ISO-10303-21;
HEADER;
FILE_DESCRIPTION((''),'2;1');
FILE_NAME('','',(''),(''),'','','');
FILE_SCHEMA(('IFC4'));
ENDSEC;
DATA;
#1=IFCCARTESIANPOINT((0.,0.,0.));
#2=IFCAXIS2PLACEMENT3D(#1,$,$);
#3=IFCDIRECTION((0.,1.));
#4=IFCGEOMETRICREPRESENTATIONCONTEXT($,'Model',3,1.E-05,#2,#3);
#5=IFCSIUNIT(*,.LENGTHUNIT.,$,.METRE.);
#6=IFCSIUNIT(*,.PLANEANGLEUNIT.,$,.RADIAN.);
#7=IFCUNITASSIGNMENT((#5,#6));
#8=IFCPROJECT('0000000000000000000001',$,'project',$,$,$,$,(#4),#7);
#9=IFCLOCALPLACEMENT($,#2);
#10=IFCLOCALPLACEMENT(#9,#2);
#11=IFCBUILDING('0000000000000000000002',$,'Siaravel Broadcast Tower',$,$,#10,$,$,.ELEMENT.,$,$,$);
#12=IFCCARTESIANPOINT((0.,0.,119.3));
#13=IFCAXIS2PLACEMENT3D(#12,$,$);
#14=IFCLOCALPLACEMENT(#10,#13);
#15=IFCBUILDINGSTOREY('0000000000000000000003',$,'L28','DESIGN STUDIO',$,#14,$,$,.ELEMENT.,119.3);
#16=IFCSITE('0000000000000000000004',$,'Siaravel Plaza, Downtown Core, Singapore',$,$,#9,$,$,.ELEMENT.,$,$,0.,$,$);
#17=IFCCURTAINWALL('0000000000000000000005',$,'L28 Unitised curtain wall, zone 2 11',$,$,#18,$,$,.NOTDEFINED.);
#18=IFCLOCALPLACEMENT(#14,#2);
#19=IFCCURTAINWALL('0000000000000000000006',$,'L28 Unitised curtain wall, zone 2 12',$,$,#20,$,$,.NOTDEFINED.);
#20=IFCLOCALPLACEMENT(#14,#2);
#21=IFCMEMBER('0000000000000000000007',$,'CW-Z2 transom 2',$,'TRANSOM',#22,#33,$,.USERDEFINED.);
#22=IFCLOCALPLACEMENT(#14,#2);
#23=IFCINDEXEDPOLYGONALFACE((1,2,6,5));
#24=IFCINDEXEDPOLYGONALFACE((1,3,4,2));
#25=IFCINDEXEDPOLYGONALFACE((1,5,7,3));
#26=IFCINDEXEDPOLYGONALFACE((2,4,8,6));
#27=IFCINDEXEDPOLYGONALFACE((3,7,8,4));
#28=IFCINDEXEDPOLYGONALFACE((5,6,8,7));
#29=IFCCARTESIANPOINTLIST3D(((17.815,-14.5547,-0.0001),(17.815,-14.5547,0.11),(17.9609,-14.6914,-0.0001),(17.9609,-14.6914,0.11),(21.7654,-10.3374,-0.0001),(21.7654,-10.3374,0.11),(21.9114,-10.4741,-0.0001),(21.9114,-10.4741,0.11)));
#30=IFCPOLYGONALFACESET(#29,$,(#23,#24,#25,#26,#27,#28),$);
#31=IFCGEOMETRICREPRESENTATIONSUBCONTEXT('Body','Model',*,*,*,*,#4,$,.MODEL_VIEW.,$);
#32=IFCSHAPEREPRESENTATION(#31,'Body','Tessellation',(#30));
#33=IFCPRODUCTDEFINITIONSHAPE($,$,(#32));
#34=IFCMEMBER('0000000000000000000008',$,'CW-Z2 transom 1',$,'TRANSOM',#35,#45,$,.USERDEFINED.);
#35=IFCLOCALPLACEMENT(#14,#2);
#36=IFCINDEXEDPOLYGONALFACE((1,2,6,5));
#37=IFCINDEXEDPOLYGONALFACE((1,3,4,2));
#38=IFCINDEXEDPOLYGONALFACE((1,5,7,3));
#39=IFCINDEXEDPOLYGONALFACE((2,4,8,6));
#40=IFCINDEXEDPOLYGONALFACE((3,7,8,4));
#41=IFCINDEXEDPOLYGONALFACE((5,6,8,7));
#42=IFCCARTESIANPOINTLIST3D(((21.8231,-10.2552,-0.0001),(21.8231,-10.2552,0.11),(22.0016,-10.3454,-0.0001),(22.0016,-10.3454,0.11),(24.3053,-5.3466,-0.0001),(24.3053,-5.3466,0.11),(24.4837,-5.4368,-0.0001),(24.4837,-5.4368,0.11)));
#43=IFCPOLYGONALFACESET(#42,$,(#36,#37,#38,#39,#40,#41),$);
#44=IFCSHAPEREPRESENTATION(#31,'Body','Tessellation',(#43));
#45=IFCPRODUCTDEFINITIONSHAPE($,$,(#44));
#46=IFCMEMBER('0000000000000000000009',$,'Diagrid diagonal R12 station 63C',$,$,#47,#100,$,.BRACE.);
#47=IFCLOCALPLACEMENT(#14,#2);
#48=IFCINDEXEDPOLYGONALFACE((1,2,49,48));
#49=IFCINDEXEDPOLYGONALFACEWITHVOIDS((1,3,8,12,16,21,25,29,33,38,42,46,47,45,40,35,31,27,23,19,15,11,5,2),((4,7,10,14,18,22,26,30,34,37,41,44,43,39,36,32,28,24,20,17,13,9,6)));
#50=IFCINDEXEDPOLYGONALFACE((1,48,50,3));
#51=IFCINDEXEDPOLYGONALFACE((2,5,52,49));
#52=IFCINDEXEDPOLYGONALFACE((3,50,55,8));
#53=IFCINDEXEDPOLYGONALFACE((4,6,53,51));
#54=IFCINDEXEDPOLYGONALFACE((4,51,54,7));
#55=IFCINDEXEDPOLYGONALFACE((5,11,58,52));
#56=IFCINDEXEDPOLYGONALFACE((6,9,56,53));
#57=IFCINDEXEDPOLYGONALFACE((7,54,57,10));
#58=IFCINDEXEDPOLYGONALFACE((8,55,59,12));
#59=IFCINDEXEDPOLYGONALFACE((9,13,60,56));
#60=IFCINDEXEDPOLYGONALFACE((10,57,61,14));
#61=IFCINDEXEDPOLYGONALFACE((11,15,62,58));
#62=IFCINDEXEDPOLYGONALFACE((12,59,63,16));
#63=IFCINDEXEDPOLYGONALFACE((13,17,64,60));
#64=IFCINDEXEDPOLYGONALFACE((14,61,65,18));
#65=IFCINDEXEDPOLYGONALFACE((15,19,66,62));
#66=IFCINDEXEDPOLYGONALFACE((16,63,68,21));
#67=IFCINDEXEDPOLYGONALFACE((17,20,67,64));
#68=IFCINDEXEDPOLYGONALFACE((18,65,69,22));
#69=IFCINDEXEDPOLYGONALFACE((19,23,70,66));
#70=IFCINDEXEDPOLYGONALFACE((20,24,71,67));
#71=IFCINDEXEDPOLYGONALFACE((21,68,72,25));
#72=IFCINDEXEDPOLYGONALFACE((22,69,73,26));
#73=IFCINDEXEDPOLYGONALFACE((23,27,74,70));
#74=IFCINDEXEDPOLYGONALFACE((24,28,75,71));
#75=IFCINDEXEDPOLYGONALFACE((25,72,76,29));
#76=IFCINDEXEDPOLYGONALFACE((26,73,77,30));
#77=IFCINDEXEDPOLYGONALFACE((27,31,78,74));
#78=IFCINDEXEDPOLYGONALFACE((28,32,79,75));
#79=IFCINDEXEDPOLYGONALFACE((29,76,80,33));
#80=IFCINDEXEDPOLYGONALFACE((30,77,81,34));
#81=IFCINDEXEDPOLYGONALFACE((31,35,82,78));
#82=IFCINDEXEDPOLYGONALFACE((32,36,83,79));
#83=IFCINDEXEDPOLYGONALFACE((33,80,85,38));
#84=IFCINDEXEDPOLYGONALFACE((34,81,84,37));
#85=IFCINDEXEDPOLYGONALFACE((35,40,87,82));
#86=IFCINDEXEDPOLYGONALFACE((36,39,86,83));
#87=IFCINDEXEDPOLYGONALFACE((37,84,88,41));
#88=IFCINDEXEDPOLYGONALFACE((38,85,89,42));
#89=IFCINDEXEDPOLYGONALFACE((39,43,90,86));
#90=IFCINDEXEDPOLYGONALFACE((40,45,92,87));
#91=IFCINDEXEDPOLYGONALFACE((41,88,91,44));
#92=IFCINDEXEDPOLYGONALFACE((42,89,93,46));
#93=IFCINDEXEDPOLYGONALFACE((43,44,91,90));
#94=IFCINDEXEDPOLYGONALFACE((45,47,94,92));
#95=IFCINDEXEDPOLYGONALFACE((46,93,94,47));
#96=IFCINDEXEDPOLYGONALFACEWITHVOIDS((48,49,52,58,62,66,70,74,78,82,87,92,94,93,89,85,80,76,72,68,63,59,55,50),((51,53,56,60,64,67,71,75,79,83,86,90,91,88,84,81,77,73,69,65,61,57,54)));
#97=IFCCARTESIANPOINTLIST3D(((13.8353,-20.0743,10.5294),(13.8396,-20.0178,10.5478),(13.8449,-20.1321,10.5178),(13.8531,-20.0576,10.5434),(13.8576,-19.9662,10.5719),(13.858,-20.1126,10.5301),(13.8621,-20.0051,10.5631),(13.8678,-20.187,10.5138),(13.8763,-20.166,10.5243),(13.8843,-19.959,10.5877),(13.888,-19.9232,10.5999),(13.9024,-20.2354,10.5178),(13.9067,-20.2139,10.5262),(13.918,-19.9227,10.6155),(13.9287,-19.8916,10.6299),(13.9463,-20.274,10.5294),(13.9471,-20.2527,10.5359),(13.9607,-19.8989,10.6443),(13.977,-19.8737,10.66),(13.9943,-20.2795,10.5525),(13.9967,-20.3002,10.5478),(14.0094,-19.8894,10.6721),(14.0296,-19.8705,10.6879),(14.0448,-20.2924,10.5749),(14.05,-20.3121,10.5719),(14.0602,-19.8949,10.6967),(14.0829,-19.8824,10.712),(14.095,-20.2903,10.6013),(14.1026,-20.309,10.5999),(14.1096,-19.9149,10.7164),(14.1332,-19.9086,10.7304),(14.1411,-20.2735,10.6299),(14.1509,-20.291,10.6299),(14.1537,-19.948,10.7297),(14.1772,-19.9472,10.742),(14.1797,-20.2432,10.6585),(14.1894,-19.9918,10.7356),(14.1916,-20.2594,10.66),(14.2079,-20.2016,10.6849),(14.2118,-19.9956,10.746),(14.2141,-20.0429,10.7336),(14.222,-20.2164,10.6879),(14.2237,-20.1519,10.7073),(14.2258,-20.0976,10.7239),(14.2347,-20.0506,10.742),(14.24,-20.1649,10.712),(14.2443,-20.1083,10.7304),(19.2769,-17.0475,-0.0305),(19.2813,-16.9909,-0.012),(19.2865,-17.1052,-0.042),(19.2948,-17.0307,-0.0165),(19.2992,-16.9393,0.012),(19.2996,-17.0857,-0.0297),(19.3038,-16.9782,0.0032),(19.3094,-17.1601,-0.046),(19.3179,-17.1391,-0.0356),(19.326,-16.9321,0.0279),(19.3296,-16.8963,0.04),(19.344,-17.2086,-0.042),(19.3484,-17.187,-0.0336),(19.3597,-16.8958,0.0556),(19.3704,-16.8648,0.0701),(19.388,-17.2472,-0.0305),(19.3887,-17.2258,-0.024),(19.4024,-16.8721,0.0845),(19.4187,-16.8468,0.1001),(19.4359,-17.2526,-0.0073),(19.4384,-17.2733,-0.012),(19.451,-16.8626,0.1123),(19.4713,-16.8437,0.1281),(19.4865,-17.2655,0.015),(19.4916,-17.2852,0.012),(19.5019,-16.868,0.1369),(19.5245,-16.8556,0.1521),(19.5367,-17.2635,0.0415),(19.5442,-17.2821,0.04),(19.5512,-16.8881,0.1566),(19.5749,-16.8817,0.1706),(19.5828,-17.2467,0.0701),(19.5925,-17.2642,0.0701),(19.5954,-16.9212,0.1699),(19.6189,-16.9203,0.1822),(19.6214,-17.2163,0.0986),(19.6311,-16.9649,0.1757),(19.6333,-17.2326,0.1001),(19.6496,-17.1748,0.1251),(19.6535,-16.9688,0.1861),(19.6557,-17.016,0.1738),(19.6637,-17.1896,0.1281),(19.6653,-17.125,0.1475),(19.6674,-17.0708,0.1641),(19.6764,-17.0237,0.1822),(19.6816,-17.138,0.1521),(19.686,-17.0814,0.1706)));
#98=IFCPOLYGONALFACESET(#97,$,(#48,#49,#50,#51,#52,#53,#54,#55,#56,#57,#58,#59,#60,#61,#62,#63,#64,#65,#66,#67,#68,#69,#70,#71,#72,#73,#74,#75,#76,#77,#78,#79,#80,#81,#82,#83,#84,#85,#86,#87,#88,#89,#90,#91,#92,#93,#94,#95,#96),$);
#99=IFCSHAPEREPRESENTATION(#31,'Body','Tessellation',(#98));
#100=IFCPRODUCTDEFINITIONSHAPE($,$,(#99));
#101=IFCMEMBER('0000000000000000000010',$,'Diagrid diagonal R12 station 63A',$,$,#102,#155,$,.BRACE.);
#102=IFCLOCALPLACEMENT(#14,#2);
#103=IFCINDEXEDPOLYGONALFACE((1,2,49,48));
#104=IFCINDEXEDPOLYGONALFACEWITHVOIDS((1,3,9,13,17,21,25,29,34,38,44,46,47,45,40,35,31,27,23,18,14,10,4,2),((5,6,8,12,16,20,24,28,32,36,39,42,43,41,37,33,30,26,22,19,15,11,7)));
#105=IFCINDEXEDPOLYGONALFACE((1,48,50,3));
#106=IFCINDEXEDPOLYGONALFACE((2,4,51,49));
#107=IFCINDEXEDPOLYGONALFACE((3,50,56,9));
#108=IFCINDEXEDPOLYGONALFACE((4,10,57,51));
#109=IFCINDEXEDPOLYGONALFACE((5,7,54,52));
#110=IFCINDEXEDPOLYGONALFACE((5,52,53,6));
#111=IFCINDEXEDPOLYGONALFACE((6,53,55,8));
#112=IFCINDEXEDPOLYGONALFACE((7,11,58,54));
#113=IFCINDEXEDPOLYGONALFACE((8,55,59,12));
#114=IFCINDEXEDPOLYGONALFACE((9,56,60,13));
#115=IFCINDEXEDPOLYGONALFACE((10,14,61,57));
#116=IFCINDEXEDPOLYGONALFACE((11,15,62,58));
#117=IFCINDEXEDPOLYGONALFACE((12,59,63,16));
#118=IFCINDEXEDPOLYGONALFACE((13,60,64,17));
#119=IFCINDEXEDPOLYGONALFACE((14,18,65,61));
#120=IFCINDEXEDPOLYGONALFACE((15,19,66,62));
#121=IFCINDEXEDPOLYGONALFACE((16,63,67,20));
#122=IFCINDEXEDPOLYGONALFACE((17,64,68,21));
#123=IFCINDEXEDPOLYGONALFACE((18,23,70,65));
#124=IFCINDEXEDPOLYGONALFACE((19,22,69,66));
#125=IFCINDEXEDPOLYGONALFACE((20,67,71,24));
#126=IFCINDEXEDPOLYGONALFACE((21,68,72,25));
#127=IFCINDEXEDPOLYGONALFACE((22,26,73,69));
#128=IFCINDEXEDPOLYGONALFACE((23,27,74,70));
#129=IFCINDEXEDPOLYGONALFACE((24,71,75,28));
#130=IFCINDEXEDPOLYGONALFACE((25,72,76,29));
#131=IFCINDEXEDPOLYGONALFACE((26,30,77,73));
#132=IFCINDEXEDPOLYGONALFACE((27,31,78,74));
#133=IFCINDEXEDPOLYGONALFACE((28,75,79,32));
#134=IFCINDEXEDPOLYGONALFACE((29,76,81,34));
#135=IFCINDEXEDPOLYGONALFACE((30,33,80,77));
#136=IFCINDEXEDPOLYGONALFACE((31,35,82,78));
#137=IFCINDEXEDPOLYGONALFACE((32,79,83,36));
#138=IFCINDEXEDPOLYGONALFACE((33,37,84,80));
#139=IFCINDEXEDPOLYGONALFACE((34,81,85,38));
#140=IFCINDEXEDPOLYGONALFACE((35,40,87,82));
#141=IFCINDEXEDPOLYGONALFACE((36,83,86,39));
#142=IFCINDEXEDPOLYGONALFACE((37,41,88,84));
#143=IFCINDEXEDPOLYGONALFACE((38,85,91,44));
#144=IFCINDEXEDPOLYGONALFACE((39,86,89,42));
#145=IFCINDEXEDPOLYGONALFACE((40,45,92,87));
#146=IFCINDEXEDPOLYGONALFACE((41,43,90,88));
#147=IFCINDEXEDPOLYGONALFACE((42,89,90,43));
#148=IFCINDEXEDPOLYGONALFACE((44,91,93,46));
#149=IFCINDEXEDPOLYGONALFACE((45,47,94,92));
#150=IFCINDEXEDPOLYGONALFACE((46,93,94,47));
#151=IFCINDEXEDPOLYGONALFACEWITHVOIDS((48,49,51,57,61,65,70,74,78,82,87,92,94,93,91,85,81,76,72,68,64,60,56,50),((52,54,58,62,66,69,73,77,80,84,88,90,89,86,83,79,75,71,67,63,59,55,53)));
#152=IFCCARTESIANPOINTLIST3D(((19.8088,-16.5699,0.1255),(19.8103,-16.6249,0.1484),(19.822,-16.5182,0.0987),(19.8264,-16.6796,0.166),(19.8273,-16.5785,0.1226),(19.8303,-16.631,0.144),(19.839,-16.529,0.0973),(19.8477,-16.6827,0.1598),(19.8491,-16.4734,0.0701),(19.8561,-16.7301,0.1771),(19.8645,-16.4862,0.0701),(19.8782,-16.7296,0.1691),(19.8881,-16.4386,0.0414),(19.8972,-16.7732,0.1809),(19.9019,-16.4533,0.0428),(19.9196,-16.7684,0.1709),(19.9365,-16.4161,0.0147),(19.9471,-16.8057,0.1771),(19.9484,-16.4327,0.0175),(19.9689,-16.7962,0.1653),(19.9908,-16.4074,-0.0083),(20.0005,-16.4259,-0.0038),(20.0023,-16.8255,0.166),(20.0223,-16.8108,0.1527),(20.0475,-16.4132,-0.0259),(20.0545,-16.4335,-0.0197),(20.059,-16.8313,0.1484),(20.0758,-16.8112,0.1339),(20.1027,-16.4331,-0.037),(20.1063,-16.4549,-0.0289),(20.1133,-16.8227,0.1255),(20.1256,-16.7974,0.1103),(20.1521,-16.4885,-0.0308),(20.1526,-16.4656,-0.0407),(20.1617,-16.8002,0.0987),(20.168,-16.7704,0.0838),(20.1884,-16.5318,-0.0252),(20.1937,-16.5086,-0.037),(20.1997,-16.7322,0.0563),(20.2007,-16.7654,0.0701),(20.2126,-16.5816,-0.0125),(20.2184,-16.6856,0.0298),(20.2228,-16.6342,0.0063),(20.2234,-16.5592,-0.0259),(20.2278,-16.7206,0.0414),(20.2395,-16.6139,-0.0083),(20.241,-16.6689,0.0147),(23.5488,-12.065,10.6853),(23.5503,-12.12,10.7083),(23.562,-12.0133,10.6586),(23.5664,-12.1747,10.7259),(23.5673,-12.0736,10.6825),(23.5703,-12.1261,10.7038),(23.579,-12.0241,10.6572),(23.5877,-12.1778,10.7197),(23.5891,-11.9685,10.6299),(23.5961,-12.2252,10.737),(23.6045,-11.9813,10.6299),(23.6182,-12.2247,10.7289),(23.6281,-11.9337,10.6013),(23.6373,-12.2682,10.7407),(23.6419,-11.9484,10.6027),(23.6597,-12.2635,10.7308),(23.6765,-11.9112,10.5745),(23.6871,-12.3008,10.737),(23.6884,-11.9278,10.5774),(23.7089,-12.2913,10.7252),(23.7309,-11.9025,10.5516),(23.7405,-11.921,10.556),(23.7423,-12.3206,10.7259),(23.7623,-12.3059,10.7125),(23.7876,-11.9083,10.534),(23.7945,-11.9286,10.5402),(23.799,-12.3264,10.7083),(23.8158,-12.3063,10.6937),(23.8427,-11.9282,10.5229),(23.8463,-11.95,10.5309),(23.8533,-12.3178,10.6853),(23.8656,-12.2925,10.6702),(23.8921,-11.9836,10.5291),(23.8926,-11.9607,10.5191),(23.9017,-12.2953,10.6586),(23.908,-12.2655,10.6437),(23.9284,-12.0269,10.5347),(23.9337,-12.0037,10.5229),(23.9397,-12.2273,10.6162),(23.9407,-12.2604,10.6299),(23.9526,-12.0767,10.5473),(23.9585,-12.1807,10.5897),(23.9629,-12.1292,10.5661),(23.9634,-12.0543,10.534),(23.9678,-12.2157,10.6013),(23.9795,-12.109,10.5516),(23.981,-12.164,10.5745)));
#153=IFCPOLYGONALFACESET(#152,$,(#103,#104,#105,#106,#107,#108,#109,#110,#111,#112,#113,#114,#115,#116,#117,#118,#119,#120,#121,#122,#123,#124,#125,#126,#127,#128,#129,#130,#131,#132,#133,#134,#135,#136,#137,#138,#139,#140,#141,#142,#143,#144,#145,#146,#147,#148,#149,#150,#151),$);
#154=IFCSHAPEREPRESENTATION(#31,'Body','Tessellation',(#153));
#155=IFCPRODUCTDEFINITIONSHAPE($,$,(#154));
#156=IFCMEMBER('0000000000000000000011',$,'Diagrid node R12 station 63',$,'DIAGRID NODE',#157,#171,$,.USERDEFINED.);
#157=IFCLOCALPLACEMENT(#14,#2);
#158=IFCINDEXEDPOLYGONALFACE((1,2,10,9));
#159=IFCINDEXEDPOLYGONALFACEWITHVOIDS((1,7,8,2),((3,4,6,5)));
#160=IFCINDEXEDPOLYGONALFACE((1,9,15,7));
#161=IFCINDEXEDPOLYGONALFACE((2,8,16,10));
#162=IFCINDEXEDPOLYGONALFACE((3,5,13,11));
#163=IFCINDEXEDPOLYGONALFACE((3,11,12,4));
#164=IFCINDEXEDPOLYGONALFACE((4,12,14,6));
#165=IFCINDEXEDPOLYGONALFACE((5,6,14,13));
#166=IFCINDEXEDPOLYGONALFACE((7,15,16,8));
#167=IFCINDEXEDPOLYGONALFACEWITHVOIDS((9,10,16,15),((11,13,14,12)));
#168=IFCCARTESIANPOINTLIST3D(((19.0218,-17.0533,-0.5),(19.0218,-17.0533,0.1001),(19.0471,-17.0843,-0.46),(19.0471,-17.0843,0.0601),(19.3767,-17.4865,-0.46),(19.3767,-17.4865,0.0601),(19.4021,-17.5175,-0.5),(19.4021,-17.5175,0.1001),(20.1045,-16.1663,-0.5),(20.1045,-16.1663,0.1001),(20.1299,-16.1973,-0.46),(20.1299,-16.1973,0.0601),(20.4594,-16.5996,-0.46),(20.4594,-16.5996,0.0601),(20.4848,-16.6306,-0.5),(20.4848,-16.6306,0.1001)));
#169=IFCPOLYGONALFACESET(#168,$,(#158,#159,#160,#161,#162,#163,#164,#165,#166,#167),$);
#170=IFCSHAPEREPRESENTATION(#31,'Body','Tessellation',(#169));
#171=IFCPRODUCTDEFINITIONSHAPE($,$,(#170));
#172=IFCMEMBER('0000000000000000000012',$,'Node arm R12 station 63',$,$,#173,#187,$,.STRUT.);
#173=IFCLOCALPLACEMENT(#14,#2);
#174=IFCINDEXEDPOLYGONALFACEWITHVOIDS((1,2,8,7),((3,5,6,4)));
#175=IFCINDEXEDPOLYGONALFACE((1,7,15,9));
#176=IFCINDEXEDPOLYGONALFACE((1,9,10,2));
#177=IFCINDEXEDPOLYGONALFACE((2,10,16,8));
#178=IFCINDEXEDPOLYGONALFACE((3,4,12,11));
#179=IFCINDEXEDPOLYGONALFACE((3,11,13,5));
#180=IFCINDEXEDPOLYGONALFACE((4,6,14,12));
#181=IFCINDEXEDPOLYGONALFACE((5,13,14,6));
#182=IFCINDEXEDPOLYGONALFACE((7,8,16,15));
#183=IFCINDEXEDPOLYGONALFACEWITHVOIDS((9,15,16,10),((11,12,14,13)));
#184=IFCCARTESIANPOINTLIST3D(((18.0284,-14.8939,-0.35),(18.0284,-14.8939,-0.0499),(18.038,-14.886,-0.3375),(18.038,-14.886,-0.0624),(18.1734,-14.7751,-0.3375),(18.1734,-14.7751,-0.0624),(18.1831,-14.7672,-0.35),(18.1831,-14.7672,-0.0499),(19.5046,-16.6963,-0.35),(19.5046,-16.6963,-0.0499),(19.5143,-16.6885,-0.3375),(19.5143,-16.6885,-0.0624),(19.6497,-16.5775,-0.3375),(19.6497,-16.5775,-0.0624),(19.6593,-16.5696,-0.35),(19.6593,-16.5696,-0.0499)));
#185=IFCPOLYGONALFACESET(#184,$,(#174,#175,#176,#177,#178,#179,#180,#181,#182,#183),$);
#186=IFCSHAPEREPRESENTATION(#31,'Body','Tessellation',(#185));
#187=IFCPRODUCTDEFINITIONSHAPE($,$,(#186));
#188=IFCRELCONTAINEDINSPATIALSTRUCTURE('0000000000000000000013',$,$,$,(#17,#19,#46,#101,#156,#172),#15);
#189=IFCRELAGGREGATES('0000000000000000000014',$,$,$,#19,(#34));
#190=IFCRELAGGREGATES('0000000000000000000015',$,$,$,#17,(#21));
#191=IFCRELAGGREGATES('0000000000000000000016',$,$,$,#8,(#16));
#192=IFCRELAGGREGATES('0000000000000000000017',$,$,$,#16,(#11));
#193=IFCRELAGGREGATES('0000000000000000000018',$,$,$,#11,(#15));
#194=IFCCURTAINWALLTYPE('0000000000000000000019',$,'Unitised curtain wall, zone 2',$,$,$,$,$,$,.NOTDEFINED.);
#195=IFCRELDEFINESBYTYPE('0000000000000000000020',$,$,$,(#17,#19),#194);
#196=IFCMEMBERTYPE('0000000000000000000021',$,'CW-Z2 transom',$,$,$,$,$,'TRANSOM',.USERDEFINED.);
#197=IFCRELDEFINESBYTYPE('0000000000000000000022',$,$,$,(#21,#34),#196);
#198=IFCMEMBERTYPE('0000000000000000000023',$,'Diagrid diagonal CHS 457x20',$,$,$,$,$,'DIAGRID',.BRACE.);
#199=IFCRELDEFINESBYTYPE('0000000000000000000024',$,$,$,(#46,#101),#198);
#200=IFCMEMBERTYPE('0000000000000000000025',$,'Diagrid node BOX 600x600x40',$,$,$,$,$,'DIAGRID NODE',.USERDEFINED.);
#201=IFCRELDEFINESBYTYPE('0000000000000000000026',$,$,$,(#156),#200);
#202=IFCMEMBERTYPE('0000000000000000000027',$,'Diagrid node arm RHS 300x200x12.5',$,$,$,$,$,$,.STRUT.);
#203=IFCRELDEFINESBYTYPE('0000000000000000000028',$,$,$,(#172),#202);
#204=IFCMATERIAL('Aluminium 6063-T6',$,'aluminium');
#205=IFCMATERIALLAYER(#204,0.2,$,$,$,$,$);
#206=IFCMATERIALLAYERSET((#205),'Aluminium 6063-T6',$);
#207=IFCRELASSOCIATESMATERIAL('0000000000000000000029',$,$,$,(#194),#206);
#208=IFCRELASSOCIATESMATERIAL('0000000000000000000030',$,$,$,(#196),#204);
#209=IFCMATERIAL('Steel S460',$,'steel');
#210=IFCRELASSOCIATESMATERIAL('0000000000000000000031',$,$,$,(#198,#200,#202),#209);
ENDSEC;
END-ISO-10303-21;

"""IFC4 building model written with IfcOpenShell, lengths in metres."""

from ifc_helpers import new_model, si_unit, direction, frame, origin, origin_2d, place, context, subcontext, project, spatial, rectangle, hollow_rectangle, hollow_circle, extrude, material, layer, layer_set, material_profile, profile_set, type_object, element, aggregate, save


model = new_model("IFC4")

# Units and contexts
model_context = context("Model", 3, precision=1e-05, world=origin(), true_north=direction((0.0, 1.0)))
body_context = subcontext(model_context, "Body", "Model", "MODEL_VIEW")
ifc_project = project(units=[si_unit("LENGTHUNIT", "METRE"), si_unit("PLANEANGLEUNIT", "RADIAN")], contexts=[model_context])

# Site, building, storey
site_placement = place(None, origin())
site = spatial("IfcSite", under=ifc_project, at=site_placement, Name="Siaravel Plaza, Downtown Core, Singapore", CompositionType="ELEMENT", RefElevation=0.0)
building_placement = place(site_placement, origin())
building = spatial("IfcBuilding", under=site, at=building_placement, Name="Siaravel Broadcast Tower", CompositionType="ELEMENT")
storey_placement = place(building_placement, frame((0.0, 0.0, 119.3)))
storey = spatial("IfcBuildingStorey", under=building, at=storey_placement, Name="L28", Description="DESIGN STUDIO", CompositionType="ELEMENT", Elevation=119.3)

# Curtain wall
ifc_material_1 = material(Name="Aluminium 6063-T6", Category="aluminium")
ifc_layer_1 = layer(ifc_material_1, 0.2)
ifc_layer_set_1 = layer_set([ifc_layer_1], Name="Aluminium 6063-T6")
curtain_wall_type = type_object("IfcCurtainWallType", Name="Unitised curtain wall, zone 2", PredefinedType="NOTDEFINED", material=ifc_layer_set_1)
curtain_wall_1_placement = place(storey_placement, origin())
curtain_wall_1 = element("IfcCurtainWall", 1, at=curtain_wall_1_placement, inside=storey, type_object=curtain_wall_type, Name="L28 Unitised curtain wall, zone 2 11", PredefinedType="NOTDEFINED")

# Curtain wall
curtain_wall_2_placement = place(storey_placement, origin())
curtain_wall_2 = element("IfcCurtainWall", 2, at=curtain_wall_2_placement, inside=storey, type_object=curtain_wall_type, Name="L28 Unitised curtain wall, zone 2 12", PredefinedType="NOTDEFINED")

# Members
ifc_material_profile_1 = material_profile(ifc_material_1, rectangle(XDim=0.2, YDim=0.1101, at=origin_2d()))
ifc_profile_set_1 = profile_set([ifc_material_profile_1], Name="Aluminium 6063-T6")
member_type_1 = type_object("IfcMemberType", Name="CW-Z2 transom", ElementType="TRANSOM", PredefinedType="USERDEFINED", material=ifc_profile_set_1)
member_1_placement = place(storey_placement, frame((17.8879, -14.623, 0.0549), z_axis=(0.68364, 0.729819, 0.0), x_axis=(-0.729819, 0.68364, 0.0)))
member_1 = element("IfcMember", 3, at=member_1_placement, type_object=member_type_1, Name="CW-Z2 transom 2", ObjectType="TRANSOM", PredefinedType="USERDEFINED", context=body_context, shape_type="SweptSolid", body=[
    extrude(rectangle(XDim=0.2, YDim=0.1101, at=origin_2d()), origin(), (0.0, 0.0, 1.0), 5.7786),
])
member_2_placement = place(storey_placement, frame((21.9124, -10.3003, 0.0549), z_axis=(0.451257, 0.892394, 0.0), x_axis=(-0.892394, 0.451257, 0.0)))
member_2 = element("IfcMember", 4, at=member_2_placement, type_object=member_type_1, Name="CW-Z2 transom 1", ObjectType="TRANSOM", PredefinedType="USERDEFINED", context=body_context, shape_type="SweptSolid", body=[
    extrude(rectangle(XDim=0.2, YDim=0.1101, at=origin_2d()), origin(), (0.0, 0.0, 1.0), 5.5005),
])
aggregate(curtain_wall_2, [member_2])

# Members
ifc_material_2 = material(Name="Steel S460", Category="steel")
ifc_material_profile_2 = material_profile(ifc_material_2, hollow_circle(Radius=0.2285, WallThickness=0.02, at=origin_2d()))
ifc_profile_set_2 = profile_set([ifc_material_profile_2], Name="Steel S460")
member_type_2 = type_object("IfcMemberType", Name="Diagrid diagonal CHS 457x20", ElementType="DIAGRID", PredefinedType="BRACE", material=ifc_profile_set_2)
member_3_placement = place(storey_placement, frame((19.4814, -17.0645, 0.0701), z_axis=(-0.44389, -0.246909, 0.861393), x_axis=(0.486099, -0.873904, 0.0)))
element("IfcMember", 5, at=member_3_placement, inside=storey, type_object=member_type_2, Name="Diagrid diagonal R12 station 63C", PredefinedType="BRACE", context=body_context, shape_type="SweptSolid", body=[
    extrude(hollow_circle(Radius=0.2285, WallThickness=0.02, at=origin_2d()), origin(), (0.0, 0.0, 1.0), 12.259),
])
member_4_placement = place(storey_placement, frame((20.0249, -16.6194, 0.0701), z_axis=(0.309745, 0.373094, 0.874562), x_axis=(-0.769403, 0.638764, 0.0)))
element("IfcMember", 6, at=member_4_placement, inside=storey, type_object=member_type_2, Name="Diagrid diagonal R12 station 63A", PredefinedType="BRACE", context=body_context, shape_type="SweptSolid", body=[
    extrude(hollow_circle(Radius=0.2285, WallThickness=0.02, at=origin_2d()), origin(), (0.0, 0.0, 1.0), 12.0745),
])
ifc_material_profile_3 = material_profile(ifc_material_2, hollow_rectangle(XDim=0.6001, YDim=0.6001, WallThickness=0.04, at=origin_2d()))
ifc_profile_set_3 = profile_set([ifc_material_profile_3], Name="Steel S460")
member_type_3 = type_object("IfcMemberType", Name="Diagrid node BOX 600x600x40", ElementType="DIAGRID NODE", PredefinedType="USERDEFINED", material=ifc_profile_set_3)
member_5_placement = place(storey_placement, frame((19.2119, -17.2854, -0.2), z_axis=(0.773584, 0.633694, 0.0), x_axis=(-0.633694, 0.773584, 0.0)))
element("IfcMember", 7, at=member_5_placement, inside=storey, type_object=member_type_3, Name="Diagrid node R12 station 63", ObjectType="DIAGRID NODE", PredefinedType="USERDEFINED", context=body_context, shape_type="SweptSolid", body=[
    extrude(hollow_rectangle(XDim=0.6001, YDim=0.6001, WallThickness=0.04, at=origin_2d()), origin(), (0.0, 0.0, 1.0), 1.3997),
])
ifc_material_profile_4 = material_profile(ifc_material_2, hollow_rectangle(XDim=0.2, YDim=0.3, WallThickness=0.0125, at=origin_2d()))
ifc_profile_set_4 = profile_set([ifc_material_profile_4], Name="Steel S460")
member_type_4 = type_object("IfcMemberType", Name="Diagrid node arm RHS 300x200x12.5", PredefinedType="STRUT", material=ifc_profile_set_4)
member_6_placement = place(storey_placement, frame((18.1057, -14.8306, -0.2), z_axis=(0.633637, -0.77363, 0.0), x_axis=(0.77363, 0.633637, 0.0)))
element("IfcMember", 8, at=member_6_placement, inside=storey, type_object=member_type_4, Name="Node arm R12 station 63", PredefinedType="STRUT", context=body_context, shape_type="SweptSolid", body=[
    extrude(hollow_rectangle(XDim=0.2, YDim=0.3, WallThickness=0.0125, at=origin_2d()), origin(), (0.0, 0.0, 1.0), 2.3298),
])

aggregate(curtain_wall_1, [member_1])

save(model, "model.ifc")
